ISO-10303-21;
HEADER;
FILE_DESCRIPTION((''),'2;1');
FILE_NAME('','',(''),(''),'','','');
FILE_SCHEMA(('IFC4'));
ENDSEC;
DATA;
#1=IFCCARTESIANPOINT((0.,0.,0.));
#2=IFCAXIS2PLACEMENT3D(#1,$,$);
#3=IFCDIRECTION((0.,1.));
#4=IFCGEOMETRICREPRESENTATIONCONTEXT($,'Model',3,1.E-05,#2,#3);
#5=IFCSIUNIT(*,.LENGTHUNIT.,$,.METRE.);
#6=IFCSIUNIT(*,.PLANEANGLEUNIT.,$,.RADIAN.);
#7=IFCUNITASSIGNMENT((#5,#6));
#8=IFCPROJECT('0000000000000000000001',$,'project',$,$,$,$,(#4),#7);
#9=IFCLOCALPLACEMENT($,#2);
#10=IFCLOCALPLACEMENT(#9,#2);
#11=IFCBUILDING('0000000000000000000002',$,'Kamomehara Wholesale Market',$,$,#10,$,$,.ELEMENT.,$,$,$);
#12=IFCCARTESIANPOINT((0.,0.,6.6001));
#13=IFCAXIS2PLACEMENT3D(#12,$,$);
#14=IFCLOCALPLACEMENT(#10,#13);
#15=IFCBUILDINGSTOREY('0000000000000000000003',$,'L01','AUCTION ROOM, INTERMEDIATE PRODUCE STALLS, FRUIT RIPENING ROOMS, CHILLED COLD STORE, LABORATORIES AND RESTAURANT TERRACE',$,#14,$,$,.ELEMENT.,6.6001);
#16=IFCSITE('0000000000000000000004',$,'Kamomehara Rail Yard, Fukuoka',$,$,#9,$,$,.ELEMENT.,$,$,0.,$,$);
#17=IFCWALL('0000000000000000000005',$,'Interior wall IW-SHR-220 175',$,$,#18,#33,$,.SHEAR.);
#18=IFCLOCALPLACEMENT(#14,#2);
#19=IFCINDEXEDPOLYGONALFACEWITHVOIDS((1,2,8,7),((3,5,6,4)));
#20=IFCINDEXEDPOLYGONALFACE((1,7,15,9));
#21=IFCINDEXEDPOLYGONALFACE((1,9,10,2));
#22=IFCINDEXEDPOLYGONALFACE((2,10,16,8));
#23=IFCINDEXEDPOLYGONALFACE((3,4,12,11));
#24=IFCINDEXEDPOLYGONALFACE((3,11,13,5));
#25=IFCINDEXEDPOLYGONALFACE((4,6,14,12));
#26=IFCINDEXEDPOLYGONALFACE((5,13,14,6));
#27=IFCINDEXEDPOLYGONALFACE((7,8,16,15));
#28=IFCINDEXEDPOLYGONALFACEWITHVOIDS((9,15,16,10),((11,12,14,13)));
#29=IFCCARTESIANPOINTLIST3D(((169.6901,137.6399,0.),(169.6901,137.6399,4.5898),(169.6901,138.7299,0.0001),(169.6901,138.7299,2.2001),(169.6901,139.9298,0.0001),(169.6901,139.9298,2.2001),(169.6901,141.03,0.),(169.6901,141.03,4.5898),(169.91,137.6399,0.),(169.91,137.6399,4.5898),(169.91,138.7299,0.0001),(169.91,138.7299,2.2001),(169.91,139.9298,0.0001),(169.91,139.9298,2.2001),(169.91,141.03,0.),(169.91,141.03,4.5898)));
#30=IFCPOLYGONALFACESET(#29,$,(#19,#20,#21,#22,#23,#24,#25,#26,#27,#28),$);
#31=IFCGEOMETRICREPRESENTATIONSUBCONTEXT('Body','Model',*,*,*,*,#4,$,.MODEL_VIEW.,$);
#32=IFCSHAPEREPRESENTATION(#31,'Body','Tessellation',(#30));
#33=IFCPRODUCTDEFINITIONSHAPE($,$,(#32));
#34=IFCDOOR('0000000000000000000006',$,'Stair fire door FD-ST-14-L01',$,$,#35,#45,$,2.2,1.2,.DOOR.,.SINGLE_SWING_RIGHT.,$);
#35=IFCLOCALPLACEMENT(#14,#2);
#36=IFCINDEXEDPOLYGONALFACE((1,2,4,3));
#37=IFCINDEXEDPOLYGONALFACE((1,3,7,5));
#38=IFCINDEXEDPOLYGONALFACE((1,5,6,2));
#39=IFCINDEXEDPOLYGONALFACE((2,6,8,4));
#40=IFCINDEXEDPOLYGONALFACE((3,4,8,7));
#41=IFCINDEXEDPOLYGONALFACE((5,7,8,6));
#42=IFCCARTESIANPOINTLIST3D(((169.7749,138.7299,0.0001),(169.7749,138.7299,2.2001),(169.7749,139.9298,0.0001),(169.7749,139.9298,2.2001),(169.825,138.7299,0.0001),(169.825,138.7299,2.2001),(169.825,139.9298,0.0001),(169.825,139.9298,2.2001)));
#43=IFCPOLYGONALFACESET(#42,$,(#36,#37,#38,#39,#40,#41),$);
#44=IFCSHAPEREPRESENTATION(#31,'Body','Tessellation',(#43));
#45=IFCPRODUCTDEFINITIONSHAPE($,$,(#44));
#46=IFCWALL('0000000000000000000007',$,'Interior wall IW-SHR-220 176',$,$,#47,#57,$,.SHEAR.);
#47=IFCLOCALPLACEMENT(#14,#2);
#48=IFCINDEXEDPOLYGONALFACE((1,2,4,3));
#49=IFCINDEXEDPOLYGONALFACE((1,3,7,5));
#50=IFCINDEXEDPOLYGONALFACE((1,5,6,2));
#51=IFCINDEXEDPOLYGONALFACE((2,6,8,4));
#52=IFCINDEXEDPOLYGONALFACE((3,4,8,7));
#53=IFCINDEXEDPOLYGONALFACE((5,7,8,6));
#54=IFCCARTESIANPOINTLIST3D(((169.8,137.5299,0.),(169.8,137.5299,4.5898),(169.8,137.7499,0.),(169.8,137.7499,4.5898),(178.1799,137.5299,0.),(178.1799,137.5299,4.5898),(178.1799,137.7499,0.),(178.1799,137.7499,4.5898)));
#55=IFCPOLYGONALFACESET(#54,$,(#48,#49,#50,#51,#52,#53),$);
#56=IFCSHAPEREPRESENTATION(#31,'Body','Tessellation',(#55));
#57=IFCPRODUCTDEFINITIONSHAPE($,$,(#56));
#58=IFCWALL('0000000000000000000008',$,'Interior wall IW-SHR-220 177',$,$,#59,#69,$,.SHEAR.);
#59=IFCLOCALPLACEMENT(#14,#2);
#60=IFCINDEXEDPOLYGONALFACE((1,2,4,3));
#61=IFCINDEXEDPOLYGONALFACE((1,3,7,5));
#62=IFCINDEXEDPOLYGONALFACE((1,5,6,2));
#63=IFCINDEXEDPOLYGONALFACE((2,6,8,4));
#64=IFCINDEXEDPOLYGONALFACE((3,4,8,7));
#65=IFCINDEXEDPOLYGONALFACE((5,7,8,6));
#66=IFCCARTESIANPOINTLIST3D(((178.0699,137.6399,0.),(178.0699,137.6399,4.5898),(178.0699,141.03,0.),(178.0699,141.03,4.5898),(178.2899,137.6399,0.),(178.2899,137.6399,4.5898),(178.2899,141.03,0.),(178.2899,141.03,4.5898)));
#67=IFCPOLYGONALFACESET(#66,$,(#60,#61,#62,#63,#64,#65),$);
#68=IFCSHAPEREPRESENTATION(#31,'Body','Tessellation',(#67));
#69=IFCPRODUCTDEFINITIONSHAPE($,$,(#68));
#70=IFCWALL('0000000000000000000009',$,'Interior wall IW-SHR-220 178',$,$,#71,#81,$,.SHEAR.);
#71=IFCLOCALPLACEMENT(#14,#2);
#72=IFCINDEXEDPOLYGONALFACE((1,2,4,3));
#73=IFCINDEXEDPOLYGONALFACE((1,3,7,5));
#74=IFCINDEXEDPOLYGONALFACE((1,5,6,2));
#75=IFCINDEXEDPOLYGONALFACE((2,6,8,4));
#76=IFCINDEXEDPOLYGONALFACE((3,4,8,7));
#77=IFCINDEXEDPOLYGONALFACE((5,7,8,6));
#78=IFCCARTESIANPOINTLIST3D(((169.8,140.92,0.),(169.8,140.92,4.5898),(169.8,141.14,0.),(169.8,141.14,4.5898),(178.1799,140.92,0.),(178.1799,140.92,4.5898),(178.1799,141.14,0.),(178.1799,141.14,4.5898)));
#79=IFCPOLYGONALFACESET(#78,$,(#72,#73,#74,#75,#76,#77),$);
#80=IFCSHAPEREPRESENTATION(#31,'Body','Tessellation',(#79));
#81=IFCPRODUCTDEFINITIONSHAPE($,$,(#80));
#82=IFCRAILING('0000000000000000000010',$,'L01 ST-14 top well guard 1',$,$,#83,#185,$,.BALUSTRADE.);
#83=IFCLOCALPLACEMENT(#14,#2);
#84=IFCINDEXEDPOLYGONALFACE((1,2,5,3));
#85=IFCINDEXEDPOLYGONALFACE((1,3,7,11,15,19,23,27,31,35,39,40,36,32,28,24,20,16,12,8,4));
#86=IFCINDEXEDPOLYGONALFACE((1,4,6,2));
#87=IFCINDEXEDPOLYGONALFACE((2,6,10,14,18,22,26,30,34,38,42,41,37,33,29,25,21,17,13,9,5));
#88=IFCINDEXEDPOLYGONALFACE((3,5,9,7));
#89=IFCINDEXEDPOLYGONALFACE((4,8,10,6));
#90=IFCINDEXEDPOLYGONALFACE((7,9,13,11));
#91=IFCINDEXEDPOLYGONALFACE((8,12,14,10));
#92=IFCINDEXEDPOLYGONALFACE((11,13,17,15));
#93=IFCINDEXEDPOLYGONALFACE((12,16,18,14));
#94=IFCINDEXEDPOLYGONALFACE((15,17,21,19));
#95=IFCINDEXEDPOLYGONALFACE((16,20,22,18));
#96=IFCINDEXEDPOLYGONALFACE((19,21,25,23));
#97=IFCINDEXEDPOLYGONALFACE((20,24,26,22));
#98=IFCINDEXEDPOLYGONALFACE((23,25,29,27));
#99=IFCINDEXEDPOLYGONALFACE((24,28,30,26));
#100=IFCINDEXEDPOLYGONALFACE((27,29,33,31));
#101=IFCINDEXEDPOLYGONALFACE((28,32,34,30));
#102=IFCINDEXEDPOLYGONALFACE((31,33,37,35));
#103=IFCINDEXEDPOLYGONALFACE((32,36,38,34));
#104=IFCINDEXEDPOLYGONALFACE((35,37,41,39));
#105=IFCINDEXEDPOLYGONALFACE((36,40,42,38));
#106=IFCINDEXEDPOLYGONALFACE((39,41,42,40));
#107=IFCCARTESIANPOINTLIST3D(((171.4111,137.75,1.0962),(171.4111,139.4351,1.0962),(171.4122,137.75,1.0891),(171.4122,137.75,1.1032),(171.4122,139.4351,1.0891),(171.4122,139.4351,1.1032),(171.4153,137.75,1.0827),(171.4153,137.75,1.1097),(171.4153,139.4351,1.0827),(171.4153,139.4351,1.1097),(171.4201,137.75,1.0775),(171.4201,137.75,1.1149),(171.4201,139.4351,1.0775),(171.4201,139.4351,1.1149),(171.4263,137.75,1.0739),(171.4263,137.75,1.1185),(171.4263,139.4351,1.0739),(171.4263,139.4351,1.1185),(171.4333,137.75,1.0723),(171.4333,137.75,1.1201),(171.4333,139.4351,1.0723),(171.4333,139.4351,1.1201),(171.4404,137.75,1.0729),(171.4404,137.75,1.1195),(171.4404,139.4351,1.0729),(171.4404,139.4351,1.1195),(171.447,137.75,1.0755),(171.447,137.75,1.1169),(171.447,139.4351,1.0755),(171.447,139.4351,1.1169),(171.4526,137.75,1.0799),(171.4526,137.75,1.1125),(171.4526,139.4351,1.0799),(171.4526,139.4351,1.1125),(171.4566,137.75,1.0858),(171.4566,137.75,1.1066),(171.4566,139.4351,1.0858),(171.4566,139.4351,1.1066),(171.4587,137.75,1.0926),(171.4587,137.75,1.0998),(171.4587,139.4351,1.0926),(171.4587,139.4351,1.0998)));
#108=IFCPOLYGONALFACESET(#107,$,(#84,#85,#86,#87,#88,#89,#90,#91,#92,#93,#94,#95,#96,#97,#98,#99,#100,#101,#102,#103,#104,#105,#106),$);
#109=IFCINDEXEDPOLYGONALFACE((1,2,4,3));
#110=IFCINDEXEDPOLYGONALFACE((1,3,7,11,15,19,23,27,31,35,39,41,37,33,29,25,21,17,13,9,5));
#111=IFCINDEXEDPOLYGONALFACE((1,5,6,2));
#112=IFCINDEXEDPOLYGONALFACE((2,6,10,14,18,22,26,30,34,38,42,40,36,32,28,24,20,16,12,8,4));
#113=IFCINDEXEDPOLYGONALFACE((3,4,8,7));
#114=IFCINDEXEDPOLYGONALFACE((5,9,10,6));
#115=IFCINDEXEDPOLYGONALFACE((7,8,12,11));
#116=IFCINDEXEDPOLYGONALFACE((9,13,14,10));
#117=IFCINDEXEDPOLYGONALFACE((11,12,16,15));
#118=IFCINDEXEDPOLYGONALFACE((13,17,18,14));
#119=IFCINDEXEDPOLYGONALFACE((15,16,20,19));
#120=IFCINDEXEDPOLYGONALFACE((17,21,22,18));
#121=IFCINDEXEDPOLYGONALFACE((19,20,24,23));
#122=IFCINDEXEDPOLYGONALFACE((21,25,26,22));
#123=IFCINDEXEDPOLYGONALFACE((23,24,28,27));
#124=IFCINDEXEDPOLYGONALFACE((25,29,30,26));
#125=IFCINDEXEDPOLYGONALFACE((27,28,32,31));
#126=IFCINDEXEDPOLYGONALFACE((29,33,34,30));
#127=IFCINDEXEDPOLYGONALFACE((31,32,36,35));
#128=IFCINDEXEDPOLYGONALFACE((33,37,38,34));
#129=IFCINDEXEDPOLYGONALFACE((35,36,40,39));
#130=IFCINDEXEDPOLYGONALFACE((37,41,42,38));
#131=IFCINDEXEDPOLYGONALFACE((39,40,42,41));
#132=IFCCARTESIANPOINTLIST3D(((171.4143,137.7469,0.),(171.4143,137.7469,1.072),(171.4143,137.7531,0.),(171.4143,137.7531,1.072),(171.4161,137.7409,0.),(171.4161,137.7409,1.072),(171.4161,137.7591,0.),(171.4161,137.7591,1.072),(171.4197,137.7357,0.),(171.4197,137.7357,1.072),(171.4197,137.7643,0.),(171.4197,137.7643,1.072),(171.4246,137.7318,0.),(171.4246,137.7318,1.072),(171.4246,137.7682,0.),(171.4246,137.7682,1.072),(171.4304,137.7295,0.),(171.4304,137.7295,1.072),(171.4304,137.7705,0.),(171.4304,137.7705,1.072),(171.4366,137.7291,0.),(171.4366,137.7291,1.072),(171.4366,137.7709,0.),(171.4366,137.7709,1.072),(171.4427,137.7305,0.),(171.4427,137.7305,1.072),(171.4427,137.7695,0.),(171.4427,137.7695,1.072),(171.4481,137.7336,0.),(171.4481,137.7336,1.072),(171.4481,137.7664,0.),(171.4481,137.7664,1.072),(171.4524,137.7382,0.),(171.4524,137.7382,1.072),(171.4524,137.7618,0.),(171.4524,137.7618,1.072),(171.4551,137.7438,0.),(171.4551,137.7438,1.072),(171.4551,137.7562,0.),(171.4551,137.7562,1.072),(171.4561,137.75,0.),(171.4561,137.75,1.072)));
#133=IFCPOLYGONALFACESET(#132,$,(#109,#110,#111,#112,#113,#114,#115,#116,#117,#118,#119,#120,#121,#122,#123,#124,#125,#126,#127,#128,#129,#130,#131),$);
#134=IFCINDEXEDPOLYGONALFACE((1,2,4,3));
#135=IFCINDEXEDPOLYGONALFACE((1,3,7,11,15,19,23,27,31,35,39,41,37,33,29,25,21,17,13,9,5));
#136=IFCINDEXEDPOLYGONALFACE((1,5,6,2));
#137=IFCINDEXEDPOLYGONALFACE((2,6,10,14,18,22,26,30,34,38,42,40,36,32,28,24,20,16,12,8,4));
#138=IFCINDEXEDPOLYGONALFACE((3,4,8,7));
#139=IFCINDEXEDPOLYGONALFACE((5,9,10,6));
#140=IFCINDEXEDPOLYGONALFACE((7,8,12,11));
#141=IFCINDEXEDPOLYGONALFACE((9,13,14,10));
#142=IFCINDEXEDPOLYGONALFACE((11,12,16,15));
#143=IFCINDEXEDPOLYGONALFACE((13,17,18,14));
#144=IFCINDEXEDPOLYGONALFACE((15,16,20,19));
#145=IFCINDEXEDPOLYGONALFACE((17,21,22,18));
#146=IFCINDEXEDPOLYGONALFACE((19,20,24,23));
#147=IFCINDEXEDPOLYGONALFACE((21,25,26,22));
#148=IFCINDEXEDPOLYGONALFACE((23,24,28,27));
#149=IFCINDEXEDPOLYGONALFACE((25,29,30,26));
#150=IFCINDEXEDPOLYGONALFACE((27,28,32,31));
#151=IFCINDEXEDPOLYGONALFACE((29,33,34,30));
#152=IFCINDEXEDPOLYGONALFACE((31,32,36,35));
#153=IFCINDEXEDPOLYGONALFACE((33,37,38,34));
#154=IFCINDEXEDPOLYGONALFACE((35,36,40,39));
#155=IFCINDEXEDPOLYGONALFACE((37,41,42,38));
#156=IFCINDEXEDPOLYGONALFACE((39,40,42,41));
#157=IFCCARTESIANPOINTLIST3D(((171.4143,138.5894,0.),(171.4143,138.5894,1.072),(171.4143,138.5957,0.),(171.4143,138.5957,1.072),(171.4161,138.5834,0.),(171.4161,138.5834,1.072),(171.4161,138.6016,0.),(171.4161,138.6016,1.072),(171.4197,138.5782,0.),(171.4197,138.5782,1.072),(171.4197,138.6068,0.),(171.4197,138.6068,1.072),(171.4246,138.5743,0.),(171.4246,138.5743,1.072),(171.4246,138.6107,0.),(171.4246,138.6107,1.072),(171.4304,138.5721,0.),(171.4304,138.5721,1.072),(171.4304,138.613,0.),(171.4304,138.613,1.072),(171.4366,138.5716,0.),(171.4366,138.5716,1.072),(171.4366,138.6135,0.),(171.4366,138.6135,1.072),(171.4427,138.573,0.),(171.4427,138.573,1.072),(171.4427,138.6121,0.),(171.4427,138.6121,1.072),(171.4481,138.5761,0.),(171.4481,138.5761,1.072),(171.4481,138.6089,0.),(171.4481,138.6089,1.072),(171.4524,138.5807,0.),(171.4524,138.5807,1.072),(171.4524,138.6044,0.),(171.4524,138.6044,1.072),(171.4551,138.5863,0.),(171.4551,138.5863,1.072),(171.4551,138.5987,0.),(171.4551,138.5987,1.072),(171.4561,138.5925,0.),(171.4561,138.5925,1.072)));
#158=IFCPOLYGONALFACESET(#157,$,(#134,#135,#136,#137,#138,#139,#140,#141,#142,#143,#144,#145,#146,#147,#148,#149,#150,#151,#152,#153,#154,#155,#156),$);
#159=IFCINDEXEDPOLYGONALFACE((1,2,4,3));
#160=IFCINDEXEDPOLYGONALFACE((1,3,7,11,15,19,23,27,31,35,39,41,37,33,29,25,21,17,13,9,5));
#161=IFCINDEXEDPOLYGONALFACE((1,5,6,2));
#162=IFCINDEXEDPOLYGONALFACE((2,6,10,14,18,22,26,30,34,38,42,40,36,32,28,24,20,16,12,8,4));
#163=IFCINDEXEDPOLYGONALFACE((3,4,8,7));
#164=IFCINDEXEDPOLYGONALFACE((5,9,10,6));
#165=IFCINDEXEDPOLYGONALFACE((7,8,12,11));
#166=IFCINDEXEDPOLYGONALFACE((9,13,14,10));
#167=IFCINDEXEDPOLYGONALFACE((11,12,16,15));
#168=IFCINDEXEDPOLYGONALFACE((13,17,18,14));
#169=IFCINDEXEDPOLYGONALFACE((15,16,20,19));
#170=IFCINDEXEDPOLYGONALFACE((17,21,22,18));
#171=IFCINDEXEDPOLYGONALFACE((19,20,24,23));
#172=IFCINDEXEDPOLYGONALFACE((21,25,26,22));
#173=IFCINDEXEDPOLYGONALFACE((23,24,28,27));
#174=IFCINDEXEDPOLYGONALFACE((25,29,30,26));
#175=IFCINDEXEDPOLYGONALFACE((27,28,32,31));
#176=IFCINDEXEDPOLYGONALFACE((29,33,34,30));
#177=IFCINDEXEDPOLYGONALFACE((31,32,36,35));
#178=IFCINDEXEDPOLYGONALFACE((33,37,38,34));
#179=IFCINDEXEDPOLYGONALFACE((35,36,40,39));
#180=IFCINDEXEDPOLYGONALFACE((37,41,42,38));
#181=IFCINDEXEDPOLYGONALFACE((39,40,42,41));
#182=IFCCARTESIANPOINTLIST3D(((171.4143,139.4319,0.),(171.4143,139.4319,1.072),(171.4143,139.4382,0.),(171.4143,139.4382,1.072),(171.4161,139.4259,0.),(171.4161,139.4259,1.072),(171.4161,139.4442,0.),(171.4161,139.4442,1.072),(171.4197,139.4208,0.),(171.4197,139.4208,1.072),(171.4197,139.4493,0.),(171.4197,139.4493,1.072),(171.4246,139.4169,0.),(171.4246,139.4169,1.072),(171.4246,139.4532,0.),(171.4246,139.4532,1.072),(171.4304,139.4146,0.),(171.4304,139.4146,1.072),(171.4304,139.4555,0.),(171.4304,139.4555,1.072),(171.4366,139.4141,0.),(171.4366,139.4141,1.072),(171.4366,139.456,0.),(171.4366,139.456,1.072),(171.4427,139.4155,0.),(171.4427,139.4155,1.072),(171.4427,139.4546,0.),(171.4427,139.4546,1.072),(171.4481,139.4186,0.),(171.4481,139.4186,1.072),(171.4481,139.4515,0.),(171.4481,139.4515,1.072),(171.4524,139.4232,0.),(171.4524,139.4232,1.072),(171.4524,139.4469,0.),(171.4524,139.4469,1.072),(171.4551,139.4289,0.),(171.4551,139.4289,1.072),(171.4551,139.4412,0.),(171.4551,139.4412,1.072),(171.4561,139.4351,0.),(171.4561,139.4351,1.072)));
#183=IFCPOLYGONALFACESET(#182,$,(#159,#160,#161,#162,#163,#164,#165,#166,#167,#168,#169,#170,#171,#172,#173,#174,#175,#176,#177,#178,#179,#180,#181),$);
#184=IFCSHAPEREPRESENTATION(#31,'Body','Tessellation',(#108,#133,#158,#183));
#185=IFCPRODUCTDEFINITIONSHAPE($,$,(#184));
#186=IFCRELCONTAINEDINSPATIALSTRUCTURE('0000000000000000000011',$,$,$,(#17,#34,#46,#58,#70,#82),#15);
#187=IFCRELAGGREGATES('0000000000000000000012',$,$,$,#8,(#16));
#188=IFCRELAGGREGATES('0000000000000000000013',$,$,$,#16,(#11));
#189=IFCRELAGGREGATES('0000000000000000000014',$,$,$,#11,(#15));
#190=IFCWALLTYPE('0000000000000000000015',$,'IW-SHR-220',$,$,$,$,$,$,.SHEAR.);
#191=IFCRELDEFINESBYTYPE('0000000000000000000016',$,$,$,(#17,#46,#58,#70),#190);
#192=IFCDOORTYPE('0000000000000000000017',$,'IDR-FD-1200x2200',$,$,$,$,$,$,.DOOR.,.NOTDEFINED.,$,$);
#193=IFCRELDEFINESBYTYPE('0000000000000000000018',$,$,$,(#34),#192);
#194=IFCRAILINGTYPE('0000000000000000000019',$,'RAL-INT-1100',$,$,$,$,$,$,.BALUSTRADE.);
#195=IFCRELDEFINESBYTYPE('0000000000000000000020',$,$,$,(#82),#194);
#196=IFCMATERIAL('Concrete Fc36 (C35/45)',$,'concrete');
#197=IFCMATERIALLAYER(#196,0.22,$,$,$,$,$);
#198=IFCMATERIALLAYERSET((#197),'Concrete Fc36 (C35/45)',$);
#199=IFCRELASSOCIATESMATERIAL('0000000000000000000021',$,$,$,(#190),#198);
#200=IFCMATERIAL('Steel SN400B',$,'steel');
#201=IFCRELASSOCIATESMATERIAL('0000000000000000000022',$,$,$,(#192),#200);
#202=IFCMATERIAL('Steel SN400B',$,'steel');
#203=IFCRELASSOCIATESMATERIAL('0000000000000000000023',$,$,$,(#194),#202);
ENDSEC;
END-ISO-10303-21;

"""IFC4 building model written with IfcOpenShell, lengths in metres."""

from ifc_helpers import new_model, si_unit, direction, frame, frame_2d, origin, origin_2d, place, context, subcontext, project, spatial, rectangle, circle, extrude, material, layer, layer_set, type_object, element, fill, save


model = new_model("IFC4")

# Units and contexts
model_context = context("Model", 3, precision=1e-05, world=origin(), true_north=direction((0.0, 1.0)))
body_context = subcontext(model_context, "Body", "Model", "MODEL_VIEW")
ifc_project = project(units=[si_unit("LENGTHUNIT", "METRE"), si_unit("PLANEANGLEUNIT", "RADIAN")], contexts=[model_context])

# Site, building, storey
site_placement = place(None, origin())
site = spatial("IfcSite", under=ifc_project, at=site_placement, Name="Kamomehara Rail Yard, Fukuoka", CompositionType="ELEMENT", RefElevation=0.0)
building_placement = place(site_placement, origin())
building = spatial("IfcBuilding", under=site, at=building_placement, Name="Kamomehara Wholesale Market", CompositionType="ELEMENT")
storey_placement = place(building_placement, frame((0.0, 0.0, 6.6001)))
storey = spatial("IfcBuildingStorey", under=building, at=storey_placement, Name="L01", Description="AUCTION ROOM, INTERMEDIATE PRODUCE STALLS, FRUIT RIPENING ROOMS, CHILLED COLD STORE, LABORATORIES AND RESTAURANT TERRACE", CompositionType="ELEMENT", Elevation=6.6001)

# Wall, opening, door
ifc_material_1 = material(Name="Concrete Fc36 (C35/45)", Category="concrete")
ifc_layer_1 = layer(ifc_material_1, 0.22)
ifc_layer_set_1 = layer_set([ifc_layer_1], Name="Concrete Fc36 (C35/45)")
wall_type_1 = type_object("IfcWallType", Name="IW-SHR-220", PredefinedType="SHEAR", material=ifc_layer_set_1)
wall_1_placement = place(storey_placement, frame((169.8, 141.03, 0.0), z_axis=(0.0, 0.0, 1.0), x_axis=(0.0, -1.0, 0.0)))
wall_1 = element("IfcWall", 1, at=wall_1_placement, inside=storey, type_object=wall_type_1, Name="Interior wall IW-SHR-220 175", PredefinedType="SHEAR", context=body_context, shape_type="SweptSolid", body=[
    extrude(rectangle(XDim=3.3901, YDim=0.22, at=frame_2d((1.6951, 0.0))), origin(), (0.0, 0.0, 1.0), 4.5898),
])
opening_1_placement = place(wall_1_placement, frame((1.1001, 0.0, 0.0)))
opening_1 = element("IfcOpeningElement", 2, at=opening_1_placement, cuts=wall_1, PredefinedType="OPENING", context=body_context, shape_type="SweptSolid", body=[
    extrude(rectangle(XDim=1.2, YDim=2.2, at=frame_2d((0.6001, 1.1001))), frame((0.0, 0.125, 0.0), z_axis=(0.0, -1.0, 0.0), x_axis=(1.0, 0.0, 0.0)), (0.0, 0.0, 1.0), 0.2498),
])
ifc_material_2 = material(Name="Steel SN400B", Category="steel")
door_type_1 = type_object("IfcDoorType", Name="IDR-FD-1200x2200", OperationType="NOTDEFINED", PredefinedType="DOOR", material=ifc_material_2)
door_1_placement = place(opening_1_placement, origin())
door_1 = element("IfcDoor", 3, at=door_1_placement, inside=storey, type_object=door_type_1, Name="Stair fire door FD-ST-14-L01", OperationType="SINGLE_SWING_RIGHT", OverallHeight=2.2, OverallWidth=1.2, PredefinedType="DOOR", context=body_context, shape_type="SweptSolid", body=[
    extrude(rectangle(XDim=1.2, YDim=2.2, at=frame_2d((0.6001, 1.1001))), frame((0.0, 0.0249, 0.0), z_axis=(0.0, -1.0, 0.0), x_axis=(1.0, 0.0, 0.0)), (0.0, 0.0, 1.0), 0.05),
])
fill(opening_1, door_1)

# Walls
wall_2_placement = place(storey_placement, frame((169.8, 137.6399, 0.0), z_axis=(0.0, 0.0, 1.0), x_axis=(1.0, 0.0, 0.0)))
element("IfcWall", 4, at=wall_2_placement, inside=storey, type_object=wall_type_1, Name="Interior wall IW-SHR-220 176", PredefinedType="SHEAR", context=body_context, shape_type="SweptSolid", body=[
    extrude(rectangle(XDim=8.3799, YDim=0.22, at=frame_2d((4.1899, 0.0))), origin(), (0.0, 0.0, 1.0), 4.5898),
])
wall_3_placement = place(storey_placement, frame((178.1799, 137.6399, 0.0), z_axis=(0.0, 0.0, 1.0), x_axis=(0.0, 1.0, 0.0)))
element("IfcWall", 5, at=wall_3_placement, inside=storey, type_object=wall_type_1, Name="Interior wall IW-SHR-220 177", PredefinedType="SHEAR", context=body_context, shape_type="SweptSolid", body=[
    extrude(rectangle(XDim=3.3901, YDim=0.22, at=frame_2d((1.6951, 0.0))), origin(), (0.0, 0.0, 1.0), 4.5898),
])
wall_4_placement = place(storey_placement, frame((178.1799, 141.03, 0.0), z_axis=(0.0, 0.0, 1.0), x_axis=(-1.0, 0.0, 0.0)))
element("IfcWall", 6, at=wall_4_placement, inside=storey, type_object=wall_type_1, Name="Interior wall IW-SHR-220 178", PredefinedType="SHEAR", context=body_context, shape_type="SweptSolid", body=[
    extrude(rectangle(XDim=8.3799, YDim=0.22, at=frame_2d((4.1899, 0.0))), origin(), (0.0, 0.0, 1.0), 4.5898),
])

# Railing
ifc_material_3 = material(Name="Steel SN400B", Category="steel")
railing_type = type_object("IfcRailingType", Name="RAL-INT-1100", PredefinedType="BALUSTRADE", material=ifc_material_3)
railing_1_placement = place(storey_placement, frame((171.4351, 137.75, 0.0)))
element("IfcRailing", 7, at=railing_1_placement, inside=storey, type_object=railing_type, Name="L01 ST-14 top well guard 1", PredefinedType="BALUSTRADE", context=body_context, shape_type="SweptSolid", body=[
    extrude(circle(Radius=0.0239, at=origin_2d()), frame((0.0, 0.0, 1.0962), z_axis=(0.0, 1.0, 0.0), x_axis=(-1.0, 0.0, 0.0)), (0.0, 0.0, 1.0), 1.6851),
    extrude(circle(Radius=0.021, at=origin_2d()), origin(), (0.0, 0.0, 1.0), 1.072),
    extrude(circle(Radius=0.021, at=origin_2d()), frame((0.0, 0.8425, 0.0)), (0.0, 0.0, 1.0), 1.072),
    extrude(circle(Radius=0.021, at=origin_2d()), frame((0.0, 1.6851, 0.0)), (0.0, 0.0, 1.0), 1.072),
])

save(model, "model.ifc")
